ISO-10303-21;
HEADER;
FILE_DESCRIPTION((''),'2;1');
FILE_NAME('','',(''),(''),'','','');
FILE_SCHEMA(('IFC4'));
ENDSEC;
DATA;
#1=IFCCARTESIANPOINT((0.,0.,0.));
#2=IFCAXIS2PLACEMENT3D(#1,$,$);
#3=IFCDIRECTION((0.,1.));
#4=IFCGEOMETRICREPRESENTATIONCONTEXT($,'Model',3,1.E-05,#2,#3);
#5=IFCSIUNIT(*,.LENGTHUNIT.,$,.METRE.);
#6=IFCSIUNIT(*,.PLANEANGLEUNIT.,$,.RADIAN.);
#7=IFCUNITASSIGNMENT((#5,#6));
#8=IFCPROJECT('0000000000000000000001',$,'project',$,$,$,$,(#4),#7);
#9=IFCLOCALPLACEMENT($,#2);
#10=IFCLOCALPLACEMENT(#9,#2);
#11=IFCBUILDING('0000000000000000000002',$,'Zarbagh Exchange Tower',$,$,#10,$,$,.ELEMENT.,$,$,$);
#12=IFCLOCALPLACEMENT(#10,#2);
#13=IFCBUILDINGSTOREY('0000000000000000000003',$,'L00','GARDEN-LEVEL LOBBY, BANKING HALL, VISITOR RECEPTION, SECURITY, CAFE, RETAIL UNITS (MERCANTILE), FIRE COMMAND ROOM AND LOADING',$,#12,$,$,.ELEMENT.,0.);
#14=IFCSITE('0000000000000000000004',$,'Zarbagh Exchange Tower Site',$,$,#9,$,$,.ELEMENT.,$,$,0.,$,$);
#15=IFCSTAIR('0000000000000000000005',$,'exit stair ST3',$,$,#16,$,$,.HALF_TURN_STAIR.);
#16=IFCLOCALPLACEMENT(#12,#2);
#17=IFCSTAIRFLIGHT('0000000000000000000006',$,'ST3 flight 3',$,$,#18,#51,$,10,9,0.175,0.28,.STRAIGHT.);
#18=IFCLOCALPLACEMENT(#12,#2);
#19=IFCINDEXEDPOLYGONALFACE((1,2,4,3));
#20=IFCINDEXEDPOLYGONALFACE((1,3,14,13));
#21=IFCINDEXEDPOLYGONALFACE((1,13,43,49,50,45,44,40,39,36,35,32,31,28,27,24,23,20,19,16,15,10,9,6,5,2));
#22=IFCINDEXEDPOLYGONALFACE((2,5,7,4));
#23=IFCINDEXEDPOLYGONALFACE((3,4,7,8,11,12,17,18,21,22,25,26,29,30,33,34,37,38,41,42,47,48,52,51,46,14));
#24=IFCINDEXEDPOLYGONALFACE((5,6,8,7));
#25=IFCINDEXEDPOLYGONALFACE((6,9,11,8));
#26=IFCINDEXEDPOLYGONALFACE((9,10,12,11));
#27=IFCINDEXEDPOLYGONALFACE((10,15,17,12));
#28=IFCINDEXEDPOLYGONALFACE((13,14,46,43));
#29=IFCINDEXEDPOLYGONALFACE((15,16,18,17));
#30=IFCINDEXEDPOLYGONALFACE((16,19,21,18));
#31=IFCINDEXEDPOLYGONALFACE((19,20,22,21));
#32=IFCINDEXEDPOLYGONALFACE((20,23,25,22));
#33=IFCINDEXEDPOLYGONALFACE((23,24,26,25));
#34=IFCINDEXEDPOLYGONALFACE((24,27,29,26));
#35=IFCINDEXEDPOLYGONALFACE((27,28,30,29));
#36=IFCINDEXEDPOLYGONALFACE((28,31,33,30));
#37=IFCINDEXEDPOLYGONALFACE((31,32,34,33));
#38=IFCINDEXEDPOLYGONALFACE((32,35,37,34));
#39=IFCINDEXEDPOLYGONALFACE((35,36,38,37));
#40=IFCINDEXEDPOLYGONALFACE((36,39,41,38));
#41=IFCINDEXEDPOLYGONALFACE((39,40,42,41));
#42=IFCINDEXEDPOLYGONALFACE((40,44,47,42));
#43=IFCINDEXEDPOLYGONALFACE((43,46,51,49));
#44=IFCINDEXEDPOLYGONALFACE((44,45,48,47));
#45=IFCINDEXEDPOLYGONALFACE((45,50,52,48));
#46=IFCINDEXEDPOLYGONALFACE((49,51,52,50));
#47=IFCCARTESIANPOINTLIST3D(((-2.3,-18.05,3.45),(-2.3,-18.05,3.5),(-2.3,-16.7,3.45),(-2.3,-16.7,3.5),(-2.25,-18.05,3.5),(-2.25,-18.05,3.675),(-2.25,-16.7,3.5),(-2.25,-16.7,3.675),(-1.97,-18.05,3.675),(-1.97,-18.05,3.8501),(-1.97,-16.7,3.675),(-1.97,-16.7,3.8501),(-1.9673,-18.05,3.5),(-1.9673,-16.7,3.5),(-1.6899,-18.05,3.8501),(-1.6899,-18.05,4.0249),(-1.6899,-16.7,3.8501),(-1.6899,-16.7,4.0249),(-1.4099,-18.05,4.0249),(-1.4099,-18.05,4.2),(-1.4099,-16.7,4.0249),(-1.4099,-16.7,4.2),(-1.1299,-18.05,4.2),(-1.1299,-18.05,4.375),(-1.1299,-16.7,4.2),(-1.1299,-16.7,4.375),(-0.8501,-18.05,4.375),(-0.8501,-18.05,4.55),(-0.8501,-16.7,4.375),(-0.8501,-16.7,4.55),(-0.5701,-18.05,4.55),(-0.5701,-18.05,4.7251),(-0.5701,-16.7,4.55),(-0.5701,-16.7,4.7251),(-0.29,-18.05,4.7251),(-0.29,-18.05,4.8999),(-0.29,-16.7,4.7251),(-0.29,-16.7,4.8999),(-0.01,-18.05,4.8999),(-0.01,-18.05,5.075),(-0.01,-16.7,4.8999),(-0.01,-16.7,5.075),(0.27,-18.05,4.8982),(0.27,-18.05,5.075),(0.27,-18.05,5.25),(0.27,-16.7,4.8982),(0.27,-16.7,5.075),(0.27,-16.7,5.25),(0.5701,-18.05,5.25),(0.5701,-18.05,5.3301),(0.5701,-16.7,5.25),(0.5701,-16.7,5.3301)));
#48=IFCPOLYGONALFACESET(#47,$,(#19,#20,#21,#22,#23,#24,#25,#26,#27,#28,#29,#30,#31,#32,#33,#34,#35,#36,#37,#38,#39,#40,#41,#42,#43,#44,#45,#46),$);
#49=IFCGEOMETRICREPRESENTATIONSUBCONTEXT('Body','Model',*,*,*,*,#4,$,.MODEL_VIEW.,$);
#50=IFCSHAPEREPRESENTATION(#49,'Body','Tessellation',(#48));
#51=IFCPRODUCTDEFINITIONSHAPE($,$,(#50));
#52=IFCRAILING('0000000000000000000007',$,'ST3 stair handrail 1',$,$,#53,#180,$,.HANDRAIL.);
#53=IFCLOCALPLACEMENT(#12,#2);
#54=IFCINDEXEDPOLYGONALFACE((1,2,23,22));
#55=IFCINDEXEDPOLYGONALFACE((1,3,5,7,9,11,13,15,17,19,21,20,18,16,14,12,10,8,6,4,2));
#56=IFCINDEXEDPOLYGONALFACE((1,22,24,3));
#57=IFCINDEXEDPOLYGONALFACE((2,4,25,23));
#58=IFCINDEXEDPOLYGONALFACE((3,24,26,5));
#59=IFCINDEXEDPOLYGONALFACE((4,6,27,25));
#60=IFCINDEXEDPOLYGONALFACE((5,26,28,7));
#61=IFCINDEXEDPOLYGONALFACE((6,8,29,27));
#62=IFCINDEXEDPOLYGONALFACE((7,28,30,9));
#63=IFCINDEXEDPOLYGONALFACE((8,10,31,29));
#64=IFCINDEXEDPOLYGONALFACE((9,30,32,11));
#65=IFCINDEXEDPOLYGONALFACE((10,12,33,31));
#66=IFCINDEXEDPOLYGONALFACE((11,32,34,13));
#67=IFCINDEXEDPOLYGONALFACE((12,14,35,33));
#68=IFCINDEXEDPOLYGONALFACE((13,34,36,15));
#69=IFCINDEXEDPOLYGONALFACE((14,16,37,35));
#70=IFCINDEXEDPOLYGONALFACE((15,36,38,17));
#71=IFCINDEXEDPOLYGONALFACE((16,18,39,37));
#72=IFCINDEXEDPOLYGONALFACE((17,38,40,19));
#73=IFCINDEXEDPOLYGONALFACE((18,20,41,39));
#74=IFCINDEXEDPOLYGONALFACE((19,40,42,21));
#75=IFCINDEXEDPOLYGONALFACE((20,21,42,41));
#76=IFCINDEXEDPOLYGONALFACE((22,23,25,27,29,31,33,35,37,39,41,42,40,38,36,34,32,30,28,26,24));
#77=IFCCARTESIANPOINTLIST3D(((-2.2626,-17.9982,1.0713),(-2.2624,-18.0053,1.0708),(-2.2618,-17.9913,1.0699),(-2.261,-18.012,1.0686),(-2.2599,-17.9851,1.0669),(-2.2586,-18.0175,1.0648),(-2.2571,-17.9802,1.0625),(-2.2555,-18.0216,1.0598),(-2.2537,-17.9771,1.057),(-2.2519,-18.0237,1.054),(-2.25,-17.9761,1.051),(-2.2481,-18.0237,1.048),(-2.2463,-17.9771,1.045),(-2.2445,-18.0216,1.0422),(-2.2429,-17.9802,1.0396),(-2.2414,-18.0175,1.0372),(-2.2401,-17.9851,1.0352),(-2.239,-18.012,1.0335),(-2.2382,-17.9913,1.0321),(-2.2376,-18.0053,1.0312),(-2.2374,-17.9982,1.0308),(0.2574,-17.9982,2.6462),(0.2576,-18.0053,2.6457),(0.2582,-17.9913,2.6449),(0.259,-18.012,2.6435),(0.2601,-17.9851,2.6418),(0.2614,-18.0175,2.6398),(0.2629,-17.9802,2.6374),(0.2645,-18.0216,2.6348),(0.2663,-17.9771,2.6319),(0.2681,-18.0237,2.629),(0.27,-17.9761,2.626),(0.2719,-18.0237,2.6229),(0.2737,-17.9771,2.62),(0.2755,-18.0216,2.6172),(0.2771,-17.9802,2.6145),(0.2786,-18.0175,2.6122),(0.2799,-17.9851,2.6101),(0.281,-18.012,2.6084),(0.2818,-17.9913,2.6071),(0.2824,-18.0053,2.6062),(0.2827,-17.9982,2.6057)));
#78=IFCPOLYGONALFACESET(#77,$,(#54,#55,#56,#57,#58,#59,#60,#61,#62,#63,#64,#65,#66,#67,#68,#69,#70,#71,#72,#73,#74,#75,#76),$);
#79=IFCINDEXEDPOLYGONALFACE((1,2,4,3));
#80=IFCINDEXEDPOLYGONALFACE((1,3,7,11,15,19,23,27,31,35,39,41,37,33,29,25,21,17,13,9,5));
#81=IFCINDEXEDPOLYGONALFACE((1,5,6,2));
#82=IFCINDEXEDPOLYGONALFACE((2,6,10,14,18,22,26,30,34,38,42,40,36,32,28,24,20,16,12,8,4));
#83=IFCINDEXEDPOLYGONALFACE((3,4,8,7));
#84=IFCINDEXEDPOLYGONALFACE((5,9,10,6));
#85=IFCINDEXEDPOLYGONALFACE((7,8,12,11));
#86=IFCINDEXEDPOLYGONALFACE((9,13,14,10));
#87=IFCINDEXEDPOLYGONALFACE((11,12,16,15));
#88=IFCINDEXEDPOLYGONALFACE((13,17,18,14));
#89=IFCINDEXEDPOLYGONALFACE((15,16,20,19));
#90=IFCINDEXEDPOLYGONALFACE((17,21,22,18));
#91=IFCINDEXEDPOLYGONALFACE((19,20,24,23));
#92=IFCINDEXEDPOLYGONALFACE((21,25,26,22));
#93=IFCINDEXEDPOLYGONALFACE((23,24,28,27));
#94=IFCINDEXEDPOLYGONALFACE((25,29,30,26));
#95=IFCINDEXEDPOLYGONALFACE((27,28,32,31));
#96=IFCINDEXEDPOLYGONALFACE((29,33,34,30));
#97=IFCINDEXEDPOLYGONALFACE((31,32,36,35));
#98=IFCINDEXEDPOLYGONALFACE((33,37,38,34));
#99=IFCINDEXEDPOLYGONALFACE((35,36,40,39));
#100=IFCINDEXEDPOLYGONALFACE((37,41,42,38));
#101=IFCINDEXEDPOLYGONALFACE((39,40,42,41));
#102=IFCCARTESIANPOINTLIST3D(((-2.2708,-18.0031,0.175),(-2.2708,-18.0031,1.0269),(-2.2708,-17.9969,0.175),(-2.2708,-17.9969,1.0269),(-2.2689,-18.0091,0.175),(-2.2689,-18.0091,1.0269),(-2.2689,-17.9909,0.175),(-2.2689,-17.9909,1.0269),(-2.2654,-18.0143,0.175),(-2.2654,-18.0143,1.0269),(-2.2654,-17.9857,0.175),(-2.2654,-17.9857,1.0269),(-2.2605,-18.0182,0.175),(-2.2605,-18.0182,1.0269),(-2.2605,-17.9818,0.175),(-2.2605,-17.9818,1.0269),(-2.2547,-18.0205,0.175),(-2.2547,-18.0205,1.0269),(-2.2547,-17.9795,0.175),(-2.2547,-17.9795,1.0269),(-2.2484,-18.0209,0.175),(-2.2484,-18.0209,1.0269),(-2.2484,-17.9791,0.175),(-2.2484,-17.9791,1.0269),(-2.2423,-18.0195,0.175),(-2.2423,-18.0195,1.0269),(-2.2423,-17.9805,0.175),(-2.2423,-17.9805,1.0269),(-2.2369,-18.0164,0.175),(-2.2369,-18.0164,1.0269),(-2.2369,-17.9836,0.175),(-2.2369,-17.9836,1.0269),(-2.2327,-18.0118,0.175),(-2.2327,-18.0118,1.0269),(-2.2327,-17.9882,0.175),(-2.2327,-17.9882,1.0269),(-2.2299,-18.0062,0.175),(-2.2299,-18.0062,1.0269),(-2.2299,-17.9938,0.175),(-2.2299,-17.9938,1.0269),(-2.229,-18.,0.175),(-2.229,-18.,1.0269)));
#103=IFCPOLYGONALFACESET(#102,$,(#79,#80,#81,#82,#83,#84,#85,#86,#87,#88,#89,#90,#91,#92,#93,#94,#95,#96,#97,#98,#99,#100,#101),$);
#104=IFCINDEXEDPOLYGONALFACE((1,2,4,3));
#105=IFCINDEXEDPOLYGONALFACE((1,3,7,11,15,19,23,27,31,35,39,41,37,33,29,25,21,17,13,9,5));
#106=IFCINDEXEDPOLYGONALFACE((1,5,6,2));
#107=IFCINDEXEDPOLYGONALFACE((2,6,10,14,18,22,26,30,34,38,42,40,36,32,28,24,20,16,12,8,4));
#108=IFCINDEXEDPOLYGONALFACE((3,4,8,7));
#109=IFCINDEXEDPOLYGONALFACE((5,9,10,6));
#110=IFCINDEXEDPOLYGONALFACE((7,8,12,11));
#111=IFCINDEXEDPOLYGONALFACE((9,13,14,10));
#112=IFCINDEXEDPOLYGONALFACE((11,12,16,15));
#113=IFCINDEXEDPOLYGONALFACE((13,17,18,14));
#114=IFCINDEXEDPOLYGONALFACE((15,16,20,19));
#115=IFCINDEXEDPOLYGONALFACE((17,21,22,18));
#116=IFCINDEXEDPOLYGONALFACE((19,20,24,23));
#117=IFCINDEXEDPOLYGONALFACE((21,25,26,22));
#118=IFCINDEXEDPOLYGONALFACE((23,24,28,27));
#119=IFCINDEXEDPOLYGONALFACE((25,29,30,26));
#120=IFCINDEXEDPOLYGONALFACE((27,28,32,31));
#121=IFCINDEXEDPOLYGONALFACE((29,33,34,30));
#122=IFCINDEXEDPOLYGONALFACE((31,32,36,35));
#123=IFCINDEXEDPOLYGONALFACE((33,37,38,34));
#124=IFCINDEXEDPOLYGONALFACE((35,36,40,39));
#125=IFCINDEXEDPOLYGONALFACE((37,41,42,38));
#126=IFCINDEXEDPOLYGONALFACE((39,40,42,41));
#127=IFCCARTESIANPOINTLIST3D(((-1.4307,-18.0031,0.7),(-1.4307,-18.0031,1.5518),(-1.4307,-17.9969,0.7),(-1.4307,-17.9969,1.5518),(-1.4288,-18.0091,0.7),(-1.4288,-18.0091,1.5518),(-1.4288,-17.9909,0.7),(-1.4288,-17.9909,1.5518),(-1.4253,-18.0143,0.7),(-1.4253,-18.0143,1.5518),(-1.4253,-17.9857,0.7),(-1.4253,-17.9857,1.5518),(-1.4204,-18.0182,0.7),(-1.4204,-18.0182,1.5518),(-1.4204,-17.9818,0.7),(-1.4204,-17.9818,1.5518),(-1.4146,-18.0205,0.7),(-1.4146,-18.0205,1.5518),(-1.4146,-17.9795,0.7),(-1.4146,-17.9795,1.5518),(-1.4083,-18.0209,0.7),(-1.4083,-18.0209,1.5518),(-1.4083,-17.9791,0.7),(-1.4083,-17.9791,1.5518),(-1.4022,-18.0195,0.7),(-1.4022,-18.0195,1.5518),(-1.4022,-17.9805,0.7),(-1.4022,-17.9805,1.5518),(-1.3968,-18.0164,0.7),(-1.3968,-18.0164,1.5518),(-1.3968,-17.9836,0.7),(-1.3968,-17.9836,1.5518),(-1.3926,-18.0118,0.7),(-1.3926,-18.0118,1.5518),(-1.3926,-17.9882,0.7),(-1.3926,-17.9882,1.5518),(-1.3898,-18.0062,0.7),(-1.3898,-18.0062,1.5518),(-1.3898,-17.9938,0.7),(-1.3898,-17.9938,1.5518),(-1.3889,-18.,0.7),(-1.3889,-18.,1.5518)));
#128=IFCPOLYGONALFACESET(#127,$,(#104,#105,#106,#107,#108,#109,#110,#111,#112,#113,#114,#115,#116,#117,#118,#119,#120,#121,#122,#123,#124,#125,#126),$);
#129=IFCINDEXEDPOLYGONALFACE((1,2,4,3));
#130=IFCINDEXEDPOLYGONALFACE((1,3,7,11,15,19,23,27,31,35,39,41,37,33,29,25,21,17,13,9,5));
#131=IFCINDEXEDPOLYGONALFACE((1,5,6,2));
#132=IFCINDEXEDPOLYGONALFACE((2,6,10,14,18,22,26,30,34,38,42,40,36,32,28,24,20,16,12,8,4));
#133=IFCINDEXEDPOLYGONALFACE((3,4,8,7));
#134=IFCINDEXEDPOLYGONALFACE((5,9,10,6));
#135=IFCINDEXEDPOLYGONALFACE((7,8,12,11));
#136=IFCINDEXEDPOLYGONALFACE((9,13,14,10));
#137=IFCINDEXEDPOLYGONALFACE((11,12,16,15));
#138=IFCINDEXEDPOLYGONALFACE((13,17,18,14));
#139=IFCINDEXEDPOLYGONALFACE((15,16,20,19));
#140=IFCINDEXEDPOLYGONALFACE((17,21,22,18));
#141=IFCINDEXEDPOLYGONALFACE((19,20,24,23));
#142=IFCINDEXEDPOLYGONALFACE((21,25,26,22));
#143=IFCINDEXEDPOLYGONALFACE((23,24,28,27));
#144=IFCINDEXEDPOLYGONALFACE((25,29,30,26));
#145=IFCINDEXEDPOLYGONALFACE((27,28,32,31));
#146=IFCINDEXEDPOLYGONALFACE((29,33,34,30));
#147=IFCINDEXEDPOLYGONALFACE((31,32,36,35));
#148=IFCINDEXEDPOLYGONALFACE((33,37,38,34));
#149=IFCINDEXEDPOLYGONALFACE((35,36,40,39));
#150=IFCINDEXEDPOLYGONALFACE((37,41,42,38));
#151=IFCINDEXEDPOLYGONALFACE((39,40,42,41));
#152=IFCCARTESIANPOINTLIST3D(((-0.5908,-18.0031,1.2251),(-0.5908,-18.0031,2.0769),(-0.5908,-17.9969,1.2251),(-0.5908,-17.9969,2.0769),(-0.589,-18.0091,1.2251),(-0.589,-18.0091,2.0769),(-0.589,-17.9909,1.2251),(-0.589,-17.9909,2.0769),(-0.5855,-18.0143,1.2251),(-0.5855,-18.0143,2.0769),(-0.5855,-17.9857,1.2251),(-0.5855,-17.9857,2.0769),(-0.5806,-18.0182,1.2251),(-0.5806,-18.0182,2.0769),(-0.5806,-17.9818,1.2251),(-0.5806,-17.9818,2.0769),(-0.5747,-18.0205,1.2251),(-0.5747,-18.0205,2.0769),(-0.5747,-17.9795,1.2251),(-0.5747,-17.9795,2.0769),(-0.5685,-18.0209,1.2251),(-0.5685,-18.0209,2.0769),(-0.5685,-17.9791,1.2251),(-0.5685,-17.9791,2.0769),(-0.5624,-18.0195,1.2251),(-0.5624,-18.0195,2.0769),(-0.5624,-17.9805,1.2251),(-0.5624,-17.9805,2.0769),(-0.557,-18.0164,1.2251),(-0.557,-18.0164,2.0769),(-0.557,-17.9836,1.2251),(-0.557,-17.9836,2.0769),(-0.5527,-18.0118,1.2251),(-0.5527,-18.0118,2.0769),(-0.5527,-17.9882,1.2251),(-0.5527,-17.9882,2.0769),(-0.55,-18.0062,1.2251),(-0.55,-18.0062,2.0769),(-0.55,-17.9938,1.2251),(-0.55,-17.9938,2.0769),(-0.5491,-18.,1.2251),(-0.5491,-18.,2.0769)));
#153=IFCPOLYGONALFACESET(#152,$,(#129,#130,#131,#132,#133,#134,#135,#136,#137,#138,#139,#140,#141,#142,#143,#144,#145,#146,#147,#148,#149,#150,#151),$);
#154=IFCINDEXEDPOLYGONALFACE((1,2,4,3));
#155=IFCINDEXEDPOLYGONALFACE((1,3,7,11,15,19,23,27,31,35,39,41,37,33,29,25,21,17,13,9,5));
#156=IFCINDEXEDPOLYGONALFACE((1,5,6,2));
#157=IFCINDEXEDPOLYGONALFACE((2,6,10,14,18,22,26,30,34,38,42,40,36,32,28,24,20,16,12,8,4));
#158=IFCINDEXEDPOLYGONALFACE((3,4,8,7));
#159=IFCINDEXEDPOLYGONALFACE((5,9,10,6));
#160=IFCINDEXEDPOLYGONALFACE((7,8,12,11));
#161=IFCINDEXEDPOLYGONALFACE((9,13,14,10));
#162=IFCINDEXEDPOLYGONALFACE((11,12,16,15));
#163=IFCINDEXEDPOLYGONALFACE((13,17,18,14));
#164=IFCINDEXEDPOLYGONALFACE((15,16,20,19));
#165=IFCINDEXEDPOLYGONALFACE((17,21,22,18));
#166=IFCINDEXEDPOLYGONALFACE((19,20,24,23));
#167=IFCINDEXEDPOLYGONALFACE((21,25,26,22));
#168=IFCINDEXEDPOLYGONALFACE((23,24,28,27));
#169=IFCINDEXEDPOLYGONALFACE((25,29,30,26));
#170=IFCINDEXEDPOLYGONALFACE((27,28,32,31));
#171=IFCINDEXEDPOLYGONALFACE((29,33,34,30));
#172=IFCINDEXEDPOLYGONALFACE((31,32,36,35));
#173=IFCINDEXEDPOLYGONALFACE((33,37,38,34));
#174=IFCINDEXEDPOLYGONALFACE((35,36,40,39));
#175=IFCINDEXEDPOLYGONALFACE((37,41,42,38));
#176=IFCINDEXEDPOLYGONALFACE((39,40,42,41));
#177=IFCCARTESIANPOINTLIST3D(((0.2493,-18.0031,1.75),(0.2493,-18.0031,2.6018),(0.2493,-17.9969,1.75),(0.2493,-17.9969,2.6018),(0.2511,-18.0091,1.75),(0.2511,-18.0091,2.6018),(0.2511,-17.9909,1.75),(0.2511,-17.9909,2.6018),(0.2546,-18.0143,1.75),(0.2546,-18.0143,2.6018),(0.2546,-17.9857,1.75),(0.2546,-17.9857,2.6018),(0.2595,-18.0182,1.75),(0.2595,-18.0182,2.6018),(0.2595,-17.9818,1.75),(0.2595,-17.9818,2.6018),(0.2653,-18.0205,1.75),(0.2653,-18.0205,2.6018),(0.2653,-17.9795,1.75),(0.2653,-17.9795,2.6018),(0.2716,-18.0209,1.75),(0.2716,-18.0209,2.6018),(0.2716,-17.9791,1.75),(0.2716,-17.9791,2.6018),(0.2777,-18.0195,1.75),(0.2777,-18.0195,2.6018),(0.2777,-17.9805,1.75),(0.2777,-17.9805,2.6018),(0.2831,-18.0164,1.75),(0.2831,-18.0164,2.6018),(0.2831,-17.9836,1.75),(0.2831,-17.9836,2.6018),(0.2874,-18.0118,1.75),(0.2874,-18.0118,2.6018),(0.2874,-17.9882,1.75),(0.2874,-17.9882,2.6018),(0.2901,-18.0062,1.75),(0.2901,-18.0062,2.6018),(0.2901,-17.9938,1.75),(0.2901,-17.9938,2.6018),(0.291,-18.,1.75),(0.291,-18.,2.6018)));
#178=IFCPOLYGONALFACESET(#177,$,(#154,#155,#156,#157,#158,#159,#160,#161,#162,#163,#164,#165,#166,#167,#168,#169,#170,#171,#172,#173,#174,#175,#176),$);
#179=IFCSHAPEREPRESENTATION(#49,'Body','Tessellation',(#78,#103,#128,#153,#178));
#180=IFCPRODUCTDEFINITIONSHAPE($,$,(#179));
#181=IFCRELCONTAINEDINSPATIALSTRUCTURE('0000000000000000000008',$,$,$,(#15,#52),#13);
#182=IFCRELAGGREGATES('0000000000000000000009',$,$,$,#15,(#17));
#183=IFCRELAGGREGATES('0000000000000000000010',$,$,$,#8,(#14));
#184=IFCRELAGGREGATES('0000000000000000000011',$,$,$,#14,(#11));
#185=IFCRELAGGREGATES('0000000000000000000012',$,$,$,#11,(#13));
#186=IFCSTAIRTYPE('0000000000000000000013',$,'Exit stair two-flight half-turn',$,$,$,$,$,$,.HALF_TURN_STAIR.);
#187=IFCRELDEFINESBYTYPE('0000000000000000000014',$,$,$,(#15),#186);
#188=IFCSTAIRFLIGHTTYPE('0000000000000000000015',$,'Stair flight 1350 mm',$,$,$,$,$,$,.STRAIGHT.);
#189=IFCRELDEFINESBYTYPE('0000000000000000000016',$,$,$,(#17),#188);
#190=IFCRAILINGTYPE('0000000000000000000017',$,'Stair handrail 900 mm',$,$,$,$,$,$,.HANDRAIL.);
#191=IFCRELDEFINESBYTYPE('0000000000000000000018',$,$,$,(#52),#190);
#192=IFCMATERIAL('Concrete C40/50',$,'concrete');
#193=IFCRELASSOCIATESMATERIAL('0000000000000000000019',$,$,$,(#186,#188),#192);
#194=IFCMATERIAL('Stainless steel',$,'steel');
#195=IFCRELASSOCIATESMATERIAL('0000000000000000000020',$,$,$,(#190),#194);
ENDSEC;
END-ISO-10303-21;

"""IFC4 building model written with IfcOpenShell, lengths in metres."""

from ifc_helpers import new_model, si_unit, direction, frame, origin, origin_2d, place, context, subcontext, project, spatial, polyline, circle, outline, extrude, material, type_object, element, aggregate, save


model = new_model("IFC4")

# Units and contexts
model_context = context("Model", 3, precision=1e-05, world=origin(), true_north=direction((0.0, 1.0)))
body_context = subcontext(model_context, "Body", "Model", "MODEL_VIEW")
ifc_project = project(units=[si_unit("LENGTHUNIT", "METRE"), si_unit("PLANEANGLEUNIT", "RADIAN")], contexts=[model_context])

# Site, building, storey
site_placement = place(None, origin())
site = spatial("IfcSite", under=ifc_project, at=site_placement, Name="Zarbagh Exchange Tower Site", CompositionType="ELEMENT", RefElevation=0.0)
building_placement = place(site_placement, origin())
building = spatial("IfcBuilding", under=site, at=building_placement, Name="Zarbagh Exchange Tower", CompositionType="ELEMENT")
storey_placement = place(building_placement, origin())
storey = spatial("IfcBuildingStorey", under=building, at=storey_placement, Name="L00", Description="GARDEN-LEVEL LOBBY, BANKING HALL, VISITOR RECEPTION, SECURITY, CAFE, RETAIL UNITS (MERCANTILE), FIRE COMMAND ROOM AND LOADING", CompositionType="ELEMENT", Elevation=0.0)

# Shared definitions
ifc_material_1 = material(Name="Stainless steel", Category="steel")

# Stair, stair flight
ifc_material_2 = material(Name="Concrete C40/50", Category="concrete")
stair_type = type_object("IfcStairType", Name="Exit stair two-flight half-turn", PredefinedType="HALF_TURN_STAIR", material=ifc_material_2)
stair_placement = place(storey_placement, origin())
stair = element("IfcStair", 1, at=stair_placement, inside=storey, type_object=stair_type, Name="exit stair ST3", PredefinedType="HALF_TURN_STAIR")
stair_flight_type = type_object("IfcStairFlightType", Name="Stair flight 1350 mm", PredefinedType="STRAIGHT", material=ifc_material_2)
stair_flight_1_placement = place(storey_placement, frame((-2.25, -17.375, 3.5), z_axis=(0.0, 0.0, 1.0), x_axis=(1.0, 0.0, 0.0)))
stair_flight_1 = element("IfcStairFlight", 2, at=stair_flight_1_placement, type_object=stair_flight_type, Name="ST3 flight 3", NumberOfRisers=10, NumberOfTreads=9, PredefinedType="STRAIGHT", RiserHeight=0.175, TreadLength=0.28, context=body_context, shape_type="SweptSolid", body=[
    extrude(outline(polyline([(-0.05, -0.05), (-0.05, 0.0), (0.0, 0.0), (0.0, 0.175), (0.28, 0.175), (0.28, 0.3501), (0.5601, 0.3501), (0.5601, 0.5249), (0.8401, 0.5249), (0.8401, 0.7), (1.1201, 0.7), (1.1201, 0.875), (1.3999, 0.875), (1.3999, 1.05), (1.6799, 1.05), (1.6799, 1.2251), (1.96, 1.2251), (1.96, 1.3999), (2.24, 1.3999), (2.24, 1.575), (2.52, 1.575), (2.52, 1.75), (2.8201, 1.8301), (2.8201, 1.75), (2.52, 1.3982), (0.2827, 0.0), (-0.05, -0.05)])), frame((0.0, 0.675, 0.0), z_axis=(0.0, -1.0, 0.0), x_axis=(1.0, 0.0, 0.0)), (0.0, 0.0, 1.0), 1.3501),
])
aggregate(stair, [stair_flight_1])

# Railing
railing_type_1 = type_object("IfcRailingType", Name="Stair handrail 900 mm", PredefinedType="HANDRAIL", material=ifc_material_1)
for number, where, name in (
    (3, (-2.25, -18.0, 0.175), "ST3 stair handrail 1"),
):
    element("IfcRailing", number, at=place(storey_placement, frame(where)), inside=storey, type_object=railing_type_1, Name=name, PredefinedType="HANDRAIL", context=body_context, shape_type="SweptSolid", body=[
        extrude(circle(Radius=0.0239, at=origin_2d()), frame((0.0, 0.0, 0.876), z_axis=(0.848008, 0.0, 0.529984), x_axis=(0.0, 1.0, 0.0)), (0.0, 0.0, 1.0), 2.9717),
        extrude(circle(Radius=0.021, at=origin_2d()), origin(), (0.0, 0.0, 1.0), 0.8518),
        extrude(circle(Radius=0.021, at=origin_2d()), frame((0.8401, 0.0, 0.5249)), (0.0, 0.0, 1.0), 0.8518),
        extrude(circle(Radius=0.021, at=origin_2d()), frame((1.6799, 0.0, 1.05)), (0.0, 0.0, 1.0), 0.8518),
        extrude(circle(Radius=0.021, at=origin_2d()), frame((2.52, 0.0, 1.575)), (0.0, 0.0, 1.0), 0.8518),
    ])

save(model, "model.ifc")
